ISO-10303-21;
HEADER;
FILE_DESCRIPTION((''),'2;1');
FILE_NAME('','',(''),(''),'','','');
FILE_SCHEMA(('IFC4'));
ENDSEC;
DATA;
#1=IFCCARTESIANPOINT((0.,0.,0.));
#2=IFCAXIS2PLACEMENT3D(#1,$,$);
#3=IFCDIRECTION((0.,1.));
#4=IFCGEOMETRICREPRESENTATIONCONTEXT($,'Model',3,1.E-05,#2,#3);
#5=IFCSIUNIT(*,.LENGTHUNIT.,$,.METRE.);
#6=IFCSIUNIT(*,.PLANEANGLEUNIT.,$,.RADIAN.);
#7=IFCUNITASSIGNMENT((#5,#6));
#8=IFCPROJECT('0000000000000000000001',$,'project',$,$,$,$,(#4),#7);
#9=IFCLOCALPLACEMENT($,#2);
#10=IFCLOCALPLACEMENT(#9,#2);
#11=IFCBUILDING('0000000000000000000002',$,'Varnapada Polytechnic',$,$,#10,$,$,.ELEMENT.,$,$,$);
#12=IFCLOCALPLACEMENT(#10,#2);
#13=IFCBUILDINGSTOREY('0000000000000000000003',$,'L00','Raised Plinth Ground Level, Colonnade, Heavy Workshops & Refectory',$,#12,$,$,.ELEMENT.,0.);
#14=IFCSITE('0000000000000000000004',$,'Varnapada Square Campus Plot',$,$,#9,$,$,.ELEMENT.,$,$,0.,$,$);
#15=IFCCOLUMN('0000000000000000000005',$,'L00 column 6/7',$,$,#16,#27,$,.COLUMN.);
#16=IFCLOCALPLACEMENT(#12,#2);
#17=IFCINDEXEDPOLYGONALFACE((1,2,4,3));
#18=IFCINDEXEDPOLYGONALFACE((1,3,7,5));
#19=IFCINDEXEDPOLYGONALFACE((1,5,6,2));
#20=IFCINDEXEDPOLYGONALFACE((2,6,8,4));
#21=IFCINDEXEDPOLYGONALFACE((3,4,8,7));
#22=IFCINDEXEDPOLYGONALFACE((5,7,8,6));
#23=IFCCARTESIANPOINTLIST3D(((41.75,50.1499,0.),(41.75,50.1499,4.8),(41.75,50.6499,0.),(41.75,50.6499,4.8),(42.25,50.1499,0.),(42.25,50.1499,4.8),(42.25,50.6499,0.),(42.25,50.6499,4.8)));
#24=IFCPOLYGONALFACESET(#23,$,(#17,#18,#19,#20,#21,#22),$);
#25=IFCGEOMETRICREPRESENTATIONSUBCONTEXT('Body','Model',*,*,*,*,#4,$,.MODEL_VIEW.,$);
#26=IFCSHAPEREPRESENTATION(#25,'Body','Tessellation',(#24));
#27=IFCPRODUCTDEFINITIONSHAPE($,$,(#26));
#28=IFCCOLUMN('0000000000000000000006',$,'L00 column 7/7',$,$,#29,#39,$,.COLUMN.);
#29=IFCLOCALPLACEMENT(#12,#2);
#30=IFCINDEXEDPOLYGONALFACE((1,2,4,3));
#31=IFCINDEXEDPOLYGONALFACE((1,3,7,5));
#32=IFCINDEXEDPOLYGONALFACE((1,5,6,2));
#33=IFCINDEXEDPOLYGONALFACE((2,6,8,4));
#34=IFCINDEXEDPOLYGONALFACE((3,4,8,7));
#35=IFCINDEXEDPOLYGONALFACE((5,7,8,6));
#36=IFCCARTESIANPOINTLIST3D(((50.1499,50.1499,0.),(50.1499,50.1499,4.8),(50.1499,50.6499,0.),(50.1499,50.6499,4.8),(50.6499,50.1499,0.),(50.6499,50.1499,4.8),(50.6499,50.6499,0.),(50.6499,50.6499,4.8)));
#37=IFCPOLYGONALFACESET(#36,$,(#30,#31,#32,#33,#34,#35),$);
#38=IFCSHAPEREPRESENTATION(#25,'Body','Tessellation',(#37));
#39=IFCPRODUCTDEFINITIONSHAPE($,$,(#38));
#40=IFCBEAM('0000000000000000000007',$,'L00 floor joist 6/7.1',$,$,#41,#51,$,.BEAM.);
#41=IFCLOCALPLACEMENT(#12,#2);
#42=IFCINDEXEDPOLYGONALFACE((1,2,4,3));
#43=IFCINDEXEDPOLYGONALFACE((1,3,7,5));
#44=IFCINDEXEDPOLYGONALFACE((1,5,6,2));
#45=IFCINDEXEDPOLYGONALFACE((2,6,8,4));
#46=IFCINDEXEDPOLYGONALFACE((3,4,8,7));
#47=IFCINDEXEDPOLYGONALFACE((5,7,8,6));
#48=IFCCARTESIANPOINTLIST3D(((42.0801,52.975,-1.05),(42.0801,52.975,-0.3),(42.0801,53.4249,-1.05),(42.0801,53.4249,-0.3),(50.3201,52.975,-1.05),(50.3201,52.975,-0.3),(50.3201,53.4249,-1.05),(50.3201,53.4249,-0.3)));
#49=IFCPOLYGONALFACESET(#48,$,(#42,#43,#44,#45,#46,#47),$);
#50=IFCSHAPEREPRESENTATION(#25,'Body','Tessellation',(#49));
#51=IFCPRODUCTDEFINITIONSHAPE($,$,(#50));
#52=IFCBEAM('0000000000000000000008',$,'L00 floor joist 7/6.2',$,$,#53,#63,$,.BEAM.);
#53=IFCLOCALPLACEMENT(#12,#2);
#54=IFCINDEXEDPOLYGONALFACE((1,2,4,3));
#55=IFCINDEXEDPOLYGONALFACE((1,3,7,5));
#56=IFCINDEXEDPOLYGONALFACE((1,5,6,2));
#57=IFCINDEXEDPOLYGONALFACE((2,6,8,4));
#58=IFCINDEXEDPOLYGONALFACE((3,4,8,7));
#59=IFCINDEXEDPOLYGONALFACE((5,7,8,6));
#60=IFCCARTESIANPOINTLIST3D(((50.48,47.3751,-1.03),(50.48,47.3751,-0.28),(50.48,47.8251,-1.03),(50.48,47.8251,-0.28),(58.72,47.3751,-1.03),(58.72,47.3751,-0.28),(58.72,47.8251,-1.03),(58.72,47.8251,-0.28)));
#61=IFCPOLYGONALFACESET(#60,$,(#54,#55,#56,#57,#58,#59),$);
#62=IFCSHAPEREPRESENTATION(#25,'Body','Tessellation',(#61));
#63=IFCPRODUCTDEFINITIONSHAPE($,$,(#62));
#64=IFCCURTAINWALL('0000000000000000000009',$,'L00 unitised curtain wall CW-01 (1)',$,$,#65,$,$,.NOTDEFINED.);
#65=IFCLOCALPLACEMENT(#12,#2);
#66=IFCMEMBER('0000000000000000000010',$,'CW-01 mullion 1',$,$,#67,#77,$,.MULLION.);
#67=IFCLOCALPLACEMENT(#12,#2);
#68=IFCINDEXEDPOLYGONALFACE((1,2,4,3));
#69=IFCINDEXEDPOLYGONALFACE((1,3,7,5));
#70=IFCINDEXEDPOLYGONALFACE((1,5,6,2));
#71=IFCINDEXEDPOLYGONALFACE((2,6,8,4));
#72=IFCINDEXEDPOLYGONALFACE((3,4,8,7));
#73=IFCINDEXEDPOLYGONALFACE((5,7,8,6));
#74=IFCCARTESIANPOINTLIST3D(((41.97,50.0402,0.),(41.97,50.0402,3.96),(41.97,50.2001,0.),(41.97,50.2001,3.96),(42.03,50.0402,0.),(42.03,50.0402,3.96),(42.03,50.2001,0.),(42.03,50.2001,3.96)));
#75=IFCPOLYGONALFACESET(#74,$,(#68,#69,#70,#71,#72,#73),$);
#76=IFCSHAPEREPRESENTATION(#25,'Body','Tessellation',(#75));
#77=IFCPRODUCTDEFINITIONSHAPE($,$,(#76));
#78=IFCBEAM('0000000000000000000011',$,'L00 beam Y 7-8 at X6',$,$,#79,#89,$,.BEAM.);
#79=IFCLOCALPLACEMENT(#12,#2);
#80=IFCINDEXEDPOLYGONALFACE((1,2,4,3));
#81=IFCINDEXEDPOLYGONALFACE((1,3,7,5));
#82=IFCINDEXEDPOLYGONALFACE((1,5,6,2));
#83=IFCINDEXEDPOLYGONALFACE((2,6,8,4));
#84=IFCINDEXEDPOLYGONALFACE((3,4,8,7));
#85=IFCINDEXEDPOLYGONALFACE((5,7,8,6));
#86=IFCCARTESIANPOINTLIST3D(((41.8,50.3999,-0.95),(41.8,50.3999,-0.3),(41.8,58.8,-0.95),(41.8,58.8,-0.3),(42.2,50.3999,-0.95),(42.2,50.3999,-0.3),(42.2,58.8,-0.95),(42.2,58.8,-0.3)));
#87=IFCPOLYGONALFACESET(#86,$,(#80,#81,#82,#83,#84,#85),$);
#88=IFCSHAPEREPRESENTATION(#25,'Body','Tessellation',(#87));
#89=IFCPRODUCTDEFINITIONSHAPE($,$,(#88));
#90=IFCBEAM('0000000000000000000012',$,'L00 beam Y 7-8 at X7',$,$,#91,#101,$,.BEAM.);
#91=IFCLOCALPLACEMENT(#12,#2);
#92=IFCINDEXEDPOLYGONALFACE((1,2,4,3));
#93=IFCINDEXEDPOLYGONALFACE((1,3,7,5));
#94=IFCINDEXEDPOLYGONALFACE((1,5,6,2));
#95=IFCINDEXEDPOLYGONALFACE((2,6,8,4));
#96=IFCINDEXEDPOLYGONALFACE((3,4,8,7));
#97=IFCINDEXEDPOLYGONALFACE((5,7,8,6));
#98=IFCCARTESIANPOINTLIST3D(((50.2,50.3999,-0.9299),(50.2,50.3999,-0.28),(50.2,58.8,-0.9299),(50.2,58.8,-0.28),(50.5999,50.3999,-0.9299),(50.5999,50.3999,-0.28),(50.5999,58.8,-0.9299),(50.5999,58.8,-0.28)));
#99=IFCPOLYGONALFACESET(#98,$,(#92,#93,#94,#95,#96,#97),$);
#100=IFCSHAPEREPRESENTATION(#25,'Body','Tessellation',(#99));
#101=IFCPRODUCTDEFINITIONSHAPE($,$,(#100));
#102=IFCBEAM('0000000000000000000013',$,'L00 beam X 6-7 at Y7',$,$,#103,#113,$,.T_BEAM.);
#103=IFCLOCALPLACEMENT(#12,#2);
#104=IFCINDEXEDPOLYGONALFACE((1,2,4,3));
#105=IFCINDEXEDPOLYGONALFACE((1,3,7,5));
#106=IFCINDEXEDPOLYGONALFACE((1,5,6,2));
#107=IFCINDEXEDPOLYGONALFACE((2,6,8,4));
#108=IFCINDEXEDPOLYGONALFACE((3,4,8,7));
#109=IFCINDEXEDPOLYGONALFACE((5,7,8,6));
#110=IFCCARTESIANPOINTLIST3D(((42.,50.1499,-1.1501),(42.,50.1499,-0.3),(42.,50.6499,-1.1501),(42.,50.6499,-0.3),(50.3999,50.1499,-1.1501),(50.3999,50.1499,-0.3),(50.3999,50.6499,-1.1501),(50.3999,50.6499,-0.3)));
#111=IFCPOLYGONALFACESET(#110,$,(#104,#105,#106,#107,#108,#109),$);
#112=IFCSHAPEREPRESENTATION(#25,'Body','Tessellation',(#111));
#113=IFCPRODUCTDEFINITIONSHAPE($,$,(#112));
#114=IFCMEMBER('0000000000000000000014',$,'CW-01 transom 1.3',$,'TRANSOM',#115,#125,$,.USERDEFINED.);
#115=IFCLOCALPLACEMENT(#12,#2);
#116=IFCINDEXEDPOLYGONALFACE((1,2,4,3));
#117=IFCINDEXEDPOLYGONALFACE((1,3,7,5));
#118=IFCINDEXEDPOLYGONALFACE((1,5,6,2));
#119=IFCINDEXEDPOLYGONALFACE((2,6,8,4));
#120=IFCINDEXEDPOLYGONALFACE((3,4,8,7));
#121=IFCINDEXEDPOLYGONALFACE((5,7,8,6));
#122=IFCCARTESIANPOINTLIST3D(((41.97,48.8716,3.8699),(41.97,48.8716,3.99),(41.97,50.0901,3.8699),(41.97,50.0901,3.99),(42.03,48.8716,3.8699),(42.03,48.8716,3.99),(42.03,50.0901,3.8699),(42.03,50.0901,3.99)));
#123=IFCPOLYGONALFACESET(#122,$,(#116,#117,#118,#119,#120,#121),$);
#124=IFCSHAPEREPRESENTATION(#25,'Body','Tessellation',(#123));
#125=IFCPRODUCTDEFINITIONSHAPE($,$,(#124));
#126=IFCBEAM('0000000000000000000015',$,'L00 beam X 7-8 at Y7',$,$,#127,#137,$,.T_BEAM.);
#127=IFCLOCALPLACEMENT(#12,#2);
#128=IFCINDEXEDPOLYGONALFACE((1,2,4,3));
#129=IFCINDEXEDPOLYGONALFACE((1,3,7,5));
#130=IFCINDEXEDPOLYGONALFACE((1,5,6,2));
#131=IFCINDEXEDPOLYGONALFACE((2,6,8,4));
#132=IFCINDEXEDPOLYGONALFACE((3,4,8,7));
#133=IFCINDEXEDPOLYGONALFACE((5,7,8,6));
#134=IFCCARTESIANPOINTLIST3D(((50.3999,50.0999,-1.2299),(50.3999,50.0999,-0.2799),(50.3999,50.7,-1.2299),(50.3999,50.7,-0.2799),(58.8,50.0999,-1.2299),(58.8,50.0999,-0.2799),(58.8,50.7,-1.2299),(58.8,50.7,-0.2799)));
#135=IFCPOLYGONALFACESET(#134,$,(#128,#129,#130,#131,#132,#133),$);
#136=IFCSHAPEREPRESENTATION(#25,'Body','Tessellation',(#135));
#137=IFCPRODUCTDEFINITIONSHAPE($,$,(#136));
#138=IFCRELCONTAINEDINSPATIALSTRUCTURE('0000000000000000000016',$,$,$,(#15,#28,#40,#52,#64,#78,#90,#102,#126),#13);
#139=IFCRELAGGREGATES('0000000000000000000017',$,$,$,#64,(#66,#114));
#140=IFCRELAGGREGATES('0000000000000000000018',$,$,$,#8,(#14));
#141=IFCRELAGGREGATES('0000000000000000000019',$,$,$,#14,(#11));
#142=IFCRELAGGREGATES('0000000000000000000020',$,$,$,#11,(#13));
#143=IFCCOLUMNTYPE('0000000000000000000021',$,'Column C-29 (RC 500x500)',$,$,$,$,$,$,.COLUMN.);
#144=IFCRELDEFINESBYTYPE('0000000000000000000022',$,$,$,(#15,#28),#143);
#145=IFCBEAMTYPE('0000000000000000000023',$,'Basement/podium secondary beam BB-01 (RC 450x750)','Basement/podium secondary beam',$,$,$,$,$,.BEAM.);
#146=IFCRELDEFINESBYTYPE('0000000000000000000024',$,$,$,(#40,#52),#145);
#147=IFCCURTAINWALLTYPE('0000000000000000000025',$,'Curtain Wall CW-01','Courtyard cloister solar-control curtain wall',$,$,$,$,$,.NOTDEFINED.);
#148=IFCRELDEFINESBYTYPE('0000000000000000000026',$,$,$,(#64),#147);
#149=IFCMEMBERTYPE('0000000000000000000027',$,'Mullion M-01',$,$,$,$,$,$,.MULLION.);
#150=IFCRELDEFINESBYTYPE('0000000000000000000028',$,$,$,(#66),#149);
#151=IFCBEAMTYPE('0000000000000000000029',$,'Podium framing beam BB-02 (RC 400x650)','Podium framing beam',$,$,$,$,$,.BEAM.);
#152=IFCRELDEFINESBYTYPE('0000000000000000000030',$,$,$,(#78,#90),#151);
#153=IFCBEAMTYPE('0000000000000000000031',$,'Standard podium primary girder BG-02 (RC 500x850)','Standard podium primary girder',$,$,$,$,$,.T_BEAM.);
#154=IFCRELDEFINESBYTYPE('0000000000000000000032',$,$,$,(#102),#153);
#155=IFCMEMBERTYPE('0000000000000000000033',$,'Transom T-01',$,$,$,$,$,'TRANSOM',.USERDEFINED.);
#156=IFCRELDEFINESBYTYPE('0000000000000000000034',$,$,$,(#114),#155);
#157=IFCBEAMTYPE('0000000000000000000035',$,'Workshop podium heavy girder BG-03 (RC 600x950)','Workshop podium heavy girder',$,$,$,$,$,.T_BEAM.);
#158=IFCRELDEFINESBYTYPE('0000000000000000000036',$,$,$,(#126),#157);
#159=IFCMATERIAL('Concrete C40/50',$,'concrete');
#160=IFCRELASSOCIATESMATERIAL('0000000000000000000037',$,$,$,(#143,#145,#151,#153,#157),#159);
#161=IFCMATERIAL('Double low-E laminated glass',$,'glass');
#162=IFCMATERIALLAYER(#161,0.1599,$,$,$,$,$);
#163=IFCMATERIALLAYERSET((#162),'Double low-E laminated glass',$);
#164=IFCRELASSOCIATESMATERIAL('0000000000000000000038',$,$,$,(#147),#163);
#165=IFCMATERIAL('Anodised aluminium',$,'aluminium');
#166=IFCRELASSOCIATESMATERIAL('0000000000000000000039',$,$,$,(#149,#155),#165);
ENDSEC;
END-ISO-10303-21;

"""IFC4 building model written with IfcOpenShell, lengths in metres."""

from ifc_helpers import new_model, si_unit, direction, frame, origin, origin_2d, place, context, subcontext, project, spatial, rectangle, extrude, material, layer, layer_set, material_profile, profile_set, type_object, element, aggregate, save


model = new_model("IFC4")

# Units and contexts
model_context = context("Model", 3, precision=1e-05, world=origin(), true_north=direction((0.0, 1.0)))
body_context = subcontext(model_context, "Body", "Model", "MODEL_VIEW")
ifc_project = project(units=[si_unit("LENGTHUNIT", "METRE"), si_unit("PLANEANGLEUNIT", "RADIAN")], contexts=[model_context])

# Site, building, storey
site_placement = place(None, origin())
site = spatial("IfcSite", under=ifc_project, at=site_placement, Name="Varnapada Square Campus Plot", CompositionType="ELEMENT", RefElevation=0.0)
building_placement = place(site_placement, origin())
building = spatial("IfcBuilding", under=site, at=building_placement, Name="Varnapada Polytechnic", CompositionType="ELEMENT")
storey_placement = place(building_placement, origin())
storey = spatial("IfcBuildingStorey", under=building, at=storey_placement, Name="L00", Description="Raised Plinth Ground Level, Colonnade, Heavy Workshops & Refectory", CompositionType="ELEMENT", Elevation=0.0)

# Columns
ifc_material_1 = material(Name="Concrete C40/50", Category="concrete")
ifc_material_profile_1 = material_profile(ifc_material_1, rectangle(XDim=0.5, YDim=0.5, at=origin_2d()), Name="RC 500x500")
ifc_profile_set_1 = profile_set([ifc_material_profile_1], Name="Concrete C40/50")
column_type = type_object("IfcColumnType", Name="Column C-29 (RC 500x500)", PredefinedType="COLUMN", material=ifc_profile_set_1)
for number, where, z_axis, x_axis, name in (
    (1, (42.0, 50.3999, 0.0), (0.0, 0.0, 1.0), (1.0, 0.0, 0.0), "L00 column 6/7"),
    (2, (50.3999, 50.3999, 0.0), (0.0, 0.0, 1.0), (1.0, 0.0, 0.0), "L00 column 7/7"),
):
    element("IfcColumn", number, at=place(storey_placement, frame(where, z_axis=z_axis, x_axis=x_axis)), inside=storey, type_object=column_type, Name=name, PredefinedType="COLUMN", context=body_context, shape_type="SweptSolid", body=[
        extrude(rectangle(XDim=0.5, YDim=0.5, at=origin_2d()), origin(), (0.0, 0.0, 1.0), 4.8),
    ])

# Beams
ifc_material_profile_2 = material_profile(ifc_material_1, rectangle(XDim=0.45, YDim=0.75, at=origin_2d()), Name="RC 450x750")
ifc_profile_set_2 = profile_set([ifc_material_profile_2], Name="Concrete C40/50")
beam_type_1 = type_object("IfcBeamType", Name="Basement/podium secondary beam BB-01 (RC 450x750)", Description="Basement/podium secondary beam", PredefinedType="BEAM", material=ifc_profile_set_2)
for number, where, z_axis, x_axis, name in (
    (3, (42.0801, 53.2, -0.675), (1.0, 0.0, 0.0), (0.0, 1.0, 0.0), "L00 floor joist 6/7.1"),
    (4, (50.48, 47.6001, -0.655), (1.0, 0.0, 0.0), (0.0, 1.0, 0.0), "L00 floor joist 7/6.2"),
):
    element("IfcBeam", number, at=place(storey_placement, frame(where, z_axis=z_axis, x_axis=x_axis)), inside=storey, type_object=beam_type_1, Name=name, PredefinedType="BEAM", context=body_context, shape_type="SweptSolid", body=[
        extrude(rectangle(XDim=0.45, YDim=0.75, at=origin_2d()), origin(), (0.0, 0.0, 1.0), 8.24),
    ])

# Curtain wall, member
ifc_material_2 = material(Name="Double low-E laminated glass", Category="glass")
ifc_layer_1 = layer(ifc_material_2, 0.1599)
ifc_layer_set_1 = layer_set([ifc_layer_1], Name="Double low-E laminated glass")
curtain_wall_type = type_object("IfcCurtainWallType", Name="Curtain Wall CW-01", Description="Courtyard cloister solar-control curtain wall", PredefinedType="NOTDEFINED", material=ifc_layer_set_1)
curtain_wall_placement = place(storey_placement, origin())
curtain_wall = element("IfcCurtainWall", 5, at=curtain_wall_placement, inside=storey, type_object=curtain_wall_type, Name="L00 unitised curtain wall CW-01 (1)", PredefinedType="NOTDEFINED")
ifc_material_3 = material(Name="Anodised aluminium", Category="aluminium")
ifc_material_profile_3 = material_profile(ifc_material_3, rectangle(XDim=0.0601, YDim=0.1599, at=origin_2d()), Name="ALU M60x160")
ifc_profile_set_3 = profile_set([ifc_material_profile_3], Name="Anodised aluminium")
member_type_1 = type_object("IfcMemberType", Name="Mullion M-01", PredefinedType="MULLION", material=ifc_profile_set_3)
member_1_placement = place(storey_placement, frame((42.0, 50.1201, 0.0), z_axis=(0.0, 0.0, 1.0), x_axis=(1.0, 0.0, 0.0)))
member_1 = element("IfcMember", 6, at=member_1_placement, type_object=member_type_1, Name="CW-01 mullion 1", PredefinedType="MULLION", context=body_context, shape_type="SweptSolid", body=[
    extrude(rectangle(XDim=0.0601, YDim=0.1599, at=origin_2d()), origin(), (0.0, 0.0, 1.0), 3.96),
])

# Beams
ifc_material_profile_4 = material_profile(ifc_material_1, rectangle(XDim=0.3999, YDim=0.6499, at=origin_2d()), Name="RC 400x650")
ifc_profile_set_4 = profile_set([ifc_material_profile_4], Name="Concrete C40/50")
beam_type_2 = type_object("IfcBeamType", Name="Podium framing beam BB-02 (RC 400x650)", Description="Podium framing beam", PredefinedType="BEAM", material=ifc_profile_set_4)
for number, where, z_axis, x_axis, name in (
    (7, (42.0, 50.3999, -0.625), (0.0, 1.0, 0.0), (-1.0, 0.0, 0.0), "L00 beam Y 7-8 at X6"),
    (8, (50.3999, 50.3999, -0.605), (0.0, 1.0, 0.0), (-1.0, 0.0, 0.0), "L00 beam Y 7-8 at X7"),
):
    element("IfcBeam", number, at=place(storey_placement, frame(where, z_axis=z_axis, x_axis=x_axis)), inside=storey, type_object=beam_type_2, Name=name, PredefinedType="BEAM", context=body_context, shape_type="SweptSolid", body=[
        extrude(rectangle(XDim=0.3999, YDim=0.6499, at=origin_2d()), origin(), (0.0, 0.0, 1.0), 8.4001),
    ])
ifc_material_profile_5 = material_profile(ifc_material_1, rectangle(XDim=0.5, YDim=0.8501, at=origin_2d()), Name="RC 500x850")
ifc_profile_set_5 = profile_set([ifc_material_profile_5], Name="Concrete C40/50")
beam_type_3 = type_object("IfcBeamType", Name="Standard podium primary girder BG-02 (RC 500x850)", Description="Standard podium primary girder", PredefinedType="T_BEAM", material=ifc_profile_set_5)
beam_1_placement = place(storey_placement, frame((42.0, 50.3999, -0.7251), z_axis=(1.0, 0.0, 0.0), x_axis=(0.0, 1.0, 0.0)))
element("IfcBeam", 9, at=beam_1_placement, inside=storey, type_object=beam_type_3, Name="L00 beam X 6-7 at Y7", PredefinedType="T_BEAM", context=body_context, shape_type="SweptSolid", body=[
    extrude(rectangle(XDim=0.5, YDim=0.8501, at=origin_2d()), origin(), (0.0, 0.0, 1.0), 8.3999),
])

# Member
ifc_material_profile_6 = material_profile(ifc_material_3, rectangle(XDim=0.0601, YDim=0.1201, at=origin_2d()), Name="ALU T60x120")
ifc_profile_set_6 = profile_set([ifc_material_profile_6], Name="Anodised aluminium")
member_type_2 = type_object("IfcMemberType", Name="Transom T-01", ElementType="TRANSOM", PredefinedType="USERDEFINED", material=ifc_profile_set_6)
member_2_placement = place(storey_placement, frame((42.0, 50.0901, 3.9299), z_axis=(0.0, -1.0, 0.0), x_axis=(1.0, 0.0, 0.0)))
member_2 = element("IfcMember", 10, at=member_2_placement, type_object=member_type_2, Name="CW-01 transom 1.3", ObjectType="TRANSOM", PredefinedType="USERDEFINED", context=body_context, shape_type="SweptSolid", body=[
    extrude(rectangle(XDim=0.0601, YDim=0.1201, at=origin_2d()), origin(), (0.0, 0.0, 1.0), 1.2185),
])
aggregate(curtain_wall, [member_1, member_2])

# Beam
ifc_material_profile_7 = material_profile(ifc_material_1, rectangle(XDim=0.6001, YDim=0.95, at=origin_2d()), Name="RC 600x950")
ifc_profile_set_7 = profile_set([ifc_material_profile_7], Name="Concrete C40/50")
beam_type_4 = type_object("IfcBeamType", Name="Workshop podium heavy girder BG-03 (RC 600x950)", Description="Workshop podium heavy girder", PredefinedType="T_BEAM", material=ifc_profile_set_7)
beam_2_placement = place(storey_placement, frame((50.3999, 50.3999, -0.7549), z_axis=(1.0, 0.0, 0.0), x_axis=(0.0, 1.0, 0.0)))
element("IfcBeam", 11, at=beam_2_placement, inside=storey, type_object=beam_type_4, Name="L00 beam X 7-8 at Y7", PredefinedType="T_BEAM", context=body_context, shape_type="SweptSolid", body=[
    extrude(rectangle(XDim=0.6001, YDim=0.95, at=origin_2d()), origin(), (0.0, 0.0, 1.0), 8.4001),
])

save(model, "model.ifc")
